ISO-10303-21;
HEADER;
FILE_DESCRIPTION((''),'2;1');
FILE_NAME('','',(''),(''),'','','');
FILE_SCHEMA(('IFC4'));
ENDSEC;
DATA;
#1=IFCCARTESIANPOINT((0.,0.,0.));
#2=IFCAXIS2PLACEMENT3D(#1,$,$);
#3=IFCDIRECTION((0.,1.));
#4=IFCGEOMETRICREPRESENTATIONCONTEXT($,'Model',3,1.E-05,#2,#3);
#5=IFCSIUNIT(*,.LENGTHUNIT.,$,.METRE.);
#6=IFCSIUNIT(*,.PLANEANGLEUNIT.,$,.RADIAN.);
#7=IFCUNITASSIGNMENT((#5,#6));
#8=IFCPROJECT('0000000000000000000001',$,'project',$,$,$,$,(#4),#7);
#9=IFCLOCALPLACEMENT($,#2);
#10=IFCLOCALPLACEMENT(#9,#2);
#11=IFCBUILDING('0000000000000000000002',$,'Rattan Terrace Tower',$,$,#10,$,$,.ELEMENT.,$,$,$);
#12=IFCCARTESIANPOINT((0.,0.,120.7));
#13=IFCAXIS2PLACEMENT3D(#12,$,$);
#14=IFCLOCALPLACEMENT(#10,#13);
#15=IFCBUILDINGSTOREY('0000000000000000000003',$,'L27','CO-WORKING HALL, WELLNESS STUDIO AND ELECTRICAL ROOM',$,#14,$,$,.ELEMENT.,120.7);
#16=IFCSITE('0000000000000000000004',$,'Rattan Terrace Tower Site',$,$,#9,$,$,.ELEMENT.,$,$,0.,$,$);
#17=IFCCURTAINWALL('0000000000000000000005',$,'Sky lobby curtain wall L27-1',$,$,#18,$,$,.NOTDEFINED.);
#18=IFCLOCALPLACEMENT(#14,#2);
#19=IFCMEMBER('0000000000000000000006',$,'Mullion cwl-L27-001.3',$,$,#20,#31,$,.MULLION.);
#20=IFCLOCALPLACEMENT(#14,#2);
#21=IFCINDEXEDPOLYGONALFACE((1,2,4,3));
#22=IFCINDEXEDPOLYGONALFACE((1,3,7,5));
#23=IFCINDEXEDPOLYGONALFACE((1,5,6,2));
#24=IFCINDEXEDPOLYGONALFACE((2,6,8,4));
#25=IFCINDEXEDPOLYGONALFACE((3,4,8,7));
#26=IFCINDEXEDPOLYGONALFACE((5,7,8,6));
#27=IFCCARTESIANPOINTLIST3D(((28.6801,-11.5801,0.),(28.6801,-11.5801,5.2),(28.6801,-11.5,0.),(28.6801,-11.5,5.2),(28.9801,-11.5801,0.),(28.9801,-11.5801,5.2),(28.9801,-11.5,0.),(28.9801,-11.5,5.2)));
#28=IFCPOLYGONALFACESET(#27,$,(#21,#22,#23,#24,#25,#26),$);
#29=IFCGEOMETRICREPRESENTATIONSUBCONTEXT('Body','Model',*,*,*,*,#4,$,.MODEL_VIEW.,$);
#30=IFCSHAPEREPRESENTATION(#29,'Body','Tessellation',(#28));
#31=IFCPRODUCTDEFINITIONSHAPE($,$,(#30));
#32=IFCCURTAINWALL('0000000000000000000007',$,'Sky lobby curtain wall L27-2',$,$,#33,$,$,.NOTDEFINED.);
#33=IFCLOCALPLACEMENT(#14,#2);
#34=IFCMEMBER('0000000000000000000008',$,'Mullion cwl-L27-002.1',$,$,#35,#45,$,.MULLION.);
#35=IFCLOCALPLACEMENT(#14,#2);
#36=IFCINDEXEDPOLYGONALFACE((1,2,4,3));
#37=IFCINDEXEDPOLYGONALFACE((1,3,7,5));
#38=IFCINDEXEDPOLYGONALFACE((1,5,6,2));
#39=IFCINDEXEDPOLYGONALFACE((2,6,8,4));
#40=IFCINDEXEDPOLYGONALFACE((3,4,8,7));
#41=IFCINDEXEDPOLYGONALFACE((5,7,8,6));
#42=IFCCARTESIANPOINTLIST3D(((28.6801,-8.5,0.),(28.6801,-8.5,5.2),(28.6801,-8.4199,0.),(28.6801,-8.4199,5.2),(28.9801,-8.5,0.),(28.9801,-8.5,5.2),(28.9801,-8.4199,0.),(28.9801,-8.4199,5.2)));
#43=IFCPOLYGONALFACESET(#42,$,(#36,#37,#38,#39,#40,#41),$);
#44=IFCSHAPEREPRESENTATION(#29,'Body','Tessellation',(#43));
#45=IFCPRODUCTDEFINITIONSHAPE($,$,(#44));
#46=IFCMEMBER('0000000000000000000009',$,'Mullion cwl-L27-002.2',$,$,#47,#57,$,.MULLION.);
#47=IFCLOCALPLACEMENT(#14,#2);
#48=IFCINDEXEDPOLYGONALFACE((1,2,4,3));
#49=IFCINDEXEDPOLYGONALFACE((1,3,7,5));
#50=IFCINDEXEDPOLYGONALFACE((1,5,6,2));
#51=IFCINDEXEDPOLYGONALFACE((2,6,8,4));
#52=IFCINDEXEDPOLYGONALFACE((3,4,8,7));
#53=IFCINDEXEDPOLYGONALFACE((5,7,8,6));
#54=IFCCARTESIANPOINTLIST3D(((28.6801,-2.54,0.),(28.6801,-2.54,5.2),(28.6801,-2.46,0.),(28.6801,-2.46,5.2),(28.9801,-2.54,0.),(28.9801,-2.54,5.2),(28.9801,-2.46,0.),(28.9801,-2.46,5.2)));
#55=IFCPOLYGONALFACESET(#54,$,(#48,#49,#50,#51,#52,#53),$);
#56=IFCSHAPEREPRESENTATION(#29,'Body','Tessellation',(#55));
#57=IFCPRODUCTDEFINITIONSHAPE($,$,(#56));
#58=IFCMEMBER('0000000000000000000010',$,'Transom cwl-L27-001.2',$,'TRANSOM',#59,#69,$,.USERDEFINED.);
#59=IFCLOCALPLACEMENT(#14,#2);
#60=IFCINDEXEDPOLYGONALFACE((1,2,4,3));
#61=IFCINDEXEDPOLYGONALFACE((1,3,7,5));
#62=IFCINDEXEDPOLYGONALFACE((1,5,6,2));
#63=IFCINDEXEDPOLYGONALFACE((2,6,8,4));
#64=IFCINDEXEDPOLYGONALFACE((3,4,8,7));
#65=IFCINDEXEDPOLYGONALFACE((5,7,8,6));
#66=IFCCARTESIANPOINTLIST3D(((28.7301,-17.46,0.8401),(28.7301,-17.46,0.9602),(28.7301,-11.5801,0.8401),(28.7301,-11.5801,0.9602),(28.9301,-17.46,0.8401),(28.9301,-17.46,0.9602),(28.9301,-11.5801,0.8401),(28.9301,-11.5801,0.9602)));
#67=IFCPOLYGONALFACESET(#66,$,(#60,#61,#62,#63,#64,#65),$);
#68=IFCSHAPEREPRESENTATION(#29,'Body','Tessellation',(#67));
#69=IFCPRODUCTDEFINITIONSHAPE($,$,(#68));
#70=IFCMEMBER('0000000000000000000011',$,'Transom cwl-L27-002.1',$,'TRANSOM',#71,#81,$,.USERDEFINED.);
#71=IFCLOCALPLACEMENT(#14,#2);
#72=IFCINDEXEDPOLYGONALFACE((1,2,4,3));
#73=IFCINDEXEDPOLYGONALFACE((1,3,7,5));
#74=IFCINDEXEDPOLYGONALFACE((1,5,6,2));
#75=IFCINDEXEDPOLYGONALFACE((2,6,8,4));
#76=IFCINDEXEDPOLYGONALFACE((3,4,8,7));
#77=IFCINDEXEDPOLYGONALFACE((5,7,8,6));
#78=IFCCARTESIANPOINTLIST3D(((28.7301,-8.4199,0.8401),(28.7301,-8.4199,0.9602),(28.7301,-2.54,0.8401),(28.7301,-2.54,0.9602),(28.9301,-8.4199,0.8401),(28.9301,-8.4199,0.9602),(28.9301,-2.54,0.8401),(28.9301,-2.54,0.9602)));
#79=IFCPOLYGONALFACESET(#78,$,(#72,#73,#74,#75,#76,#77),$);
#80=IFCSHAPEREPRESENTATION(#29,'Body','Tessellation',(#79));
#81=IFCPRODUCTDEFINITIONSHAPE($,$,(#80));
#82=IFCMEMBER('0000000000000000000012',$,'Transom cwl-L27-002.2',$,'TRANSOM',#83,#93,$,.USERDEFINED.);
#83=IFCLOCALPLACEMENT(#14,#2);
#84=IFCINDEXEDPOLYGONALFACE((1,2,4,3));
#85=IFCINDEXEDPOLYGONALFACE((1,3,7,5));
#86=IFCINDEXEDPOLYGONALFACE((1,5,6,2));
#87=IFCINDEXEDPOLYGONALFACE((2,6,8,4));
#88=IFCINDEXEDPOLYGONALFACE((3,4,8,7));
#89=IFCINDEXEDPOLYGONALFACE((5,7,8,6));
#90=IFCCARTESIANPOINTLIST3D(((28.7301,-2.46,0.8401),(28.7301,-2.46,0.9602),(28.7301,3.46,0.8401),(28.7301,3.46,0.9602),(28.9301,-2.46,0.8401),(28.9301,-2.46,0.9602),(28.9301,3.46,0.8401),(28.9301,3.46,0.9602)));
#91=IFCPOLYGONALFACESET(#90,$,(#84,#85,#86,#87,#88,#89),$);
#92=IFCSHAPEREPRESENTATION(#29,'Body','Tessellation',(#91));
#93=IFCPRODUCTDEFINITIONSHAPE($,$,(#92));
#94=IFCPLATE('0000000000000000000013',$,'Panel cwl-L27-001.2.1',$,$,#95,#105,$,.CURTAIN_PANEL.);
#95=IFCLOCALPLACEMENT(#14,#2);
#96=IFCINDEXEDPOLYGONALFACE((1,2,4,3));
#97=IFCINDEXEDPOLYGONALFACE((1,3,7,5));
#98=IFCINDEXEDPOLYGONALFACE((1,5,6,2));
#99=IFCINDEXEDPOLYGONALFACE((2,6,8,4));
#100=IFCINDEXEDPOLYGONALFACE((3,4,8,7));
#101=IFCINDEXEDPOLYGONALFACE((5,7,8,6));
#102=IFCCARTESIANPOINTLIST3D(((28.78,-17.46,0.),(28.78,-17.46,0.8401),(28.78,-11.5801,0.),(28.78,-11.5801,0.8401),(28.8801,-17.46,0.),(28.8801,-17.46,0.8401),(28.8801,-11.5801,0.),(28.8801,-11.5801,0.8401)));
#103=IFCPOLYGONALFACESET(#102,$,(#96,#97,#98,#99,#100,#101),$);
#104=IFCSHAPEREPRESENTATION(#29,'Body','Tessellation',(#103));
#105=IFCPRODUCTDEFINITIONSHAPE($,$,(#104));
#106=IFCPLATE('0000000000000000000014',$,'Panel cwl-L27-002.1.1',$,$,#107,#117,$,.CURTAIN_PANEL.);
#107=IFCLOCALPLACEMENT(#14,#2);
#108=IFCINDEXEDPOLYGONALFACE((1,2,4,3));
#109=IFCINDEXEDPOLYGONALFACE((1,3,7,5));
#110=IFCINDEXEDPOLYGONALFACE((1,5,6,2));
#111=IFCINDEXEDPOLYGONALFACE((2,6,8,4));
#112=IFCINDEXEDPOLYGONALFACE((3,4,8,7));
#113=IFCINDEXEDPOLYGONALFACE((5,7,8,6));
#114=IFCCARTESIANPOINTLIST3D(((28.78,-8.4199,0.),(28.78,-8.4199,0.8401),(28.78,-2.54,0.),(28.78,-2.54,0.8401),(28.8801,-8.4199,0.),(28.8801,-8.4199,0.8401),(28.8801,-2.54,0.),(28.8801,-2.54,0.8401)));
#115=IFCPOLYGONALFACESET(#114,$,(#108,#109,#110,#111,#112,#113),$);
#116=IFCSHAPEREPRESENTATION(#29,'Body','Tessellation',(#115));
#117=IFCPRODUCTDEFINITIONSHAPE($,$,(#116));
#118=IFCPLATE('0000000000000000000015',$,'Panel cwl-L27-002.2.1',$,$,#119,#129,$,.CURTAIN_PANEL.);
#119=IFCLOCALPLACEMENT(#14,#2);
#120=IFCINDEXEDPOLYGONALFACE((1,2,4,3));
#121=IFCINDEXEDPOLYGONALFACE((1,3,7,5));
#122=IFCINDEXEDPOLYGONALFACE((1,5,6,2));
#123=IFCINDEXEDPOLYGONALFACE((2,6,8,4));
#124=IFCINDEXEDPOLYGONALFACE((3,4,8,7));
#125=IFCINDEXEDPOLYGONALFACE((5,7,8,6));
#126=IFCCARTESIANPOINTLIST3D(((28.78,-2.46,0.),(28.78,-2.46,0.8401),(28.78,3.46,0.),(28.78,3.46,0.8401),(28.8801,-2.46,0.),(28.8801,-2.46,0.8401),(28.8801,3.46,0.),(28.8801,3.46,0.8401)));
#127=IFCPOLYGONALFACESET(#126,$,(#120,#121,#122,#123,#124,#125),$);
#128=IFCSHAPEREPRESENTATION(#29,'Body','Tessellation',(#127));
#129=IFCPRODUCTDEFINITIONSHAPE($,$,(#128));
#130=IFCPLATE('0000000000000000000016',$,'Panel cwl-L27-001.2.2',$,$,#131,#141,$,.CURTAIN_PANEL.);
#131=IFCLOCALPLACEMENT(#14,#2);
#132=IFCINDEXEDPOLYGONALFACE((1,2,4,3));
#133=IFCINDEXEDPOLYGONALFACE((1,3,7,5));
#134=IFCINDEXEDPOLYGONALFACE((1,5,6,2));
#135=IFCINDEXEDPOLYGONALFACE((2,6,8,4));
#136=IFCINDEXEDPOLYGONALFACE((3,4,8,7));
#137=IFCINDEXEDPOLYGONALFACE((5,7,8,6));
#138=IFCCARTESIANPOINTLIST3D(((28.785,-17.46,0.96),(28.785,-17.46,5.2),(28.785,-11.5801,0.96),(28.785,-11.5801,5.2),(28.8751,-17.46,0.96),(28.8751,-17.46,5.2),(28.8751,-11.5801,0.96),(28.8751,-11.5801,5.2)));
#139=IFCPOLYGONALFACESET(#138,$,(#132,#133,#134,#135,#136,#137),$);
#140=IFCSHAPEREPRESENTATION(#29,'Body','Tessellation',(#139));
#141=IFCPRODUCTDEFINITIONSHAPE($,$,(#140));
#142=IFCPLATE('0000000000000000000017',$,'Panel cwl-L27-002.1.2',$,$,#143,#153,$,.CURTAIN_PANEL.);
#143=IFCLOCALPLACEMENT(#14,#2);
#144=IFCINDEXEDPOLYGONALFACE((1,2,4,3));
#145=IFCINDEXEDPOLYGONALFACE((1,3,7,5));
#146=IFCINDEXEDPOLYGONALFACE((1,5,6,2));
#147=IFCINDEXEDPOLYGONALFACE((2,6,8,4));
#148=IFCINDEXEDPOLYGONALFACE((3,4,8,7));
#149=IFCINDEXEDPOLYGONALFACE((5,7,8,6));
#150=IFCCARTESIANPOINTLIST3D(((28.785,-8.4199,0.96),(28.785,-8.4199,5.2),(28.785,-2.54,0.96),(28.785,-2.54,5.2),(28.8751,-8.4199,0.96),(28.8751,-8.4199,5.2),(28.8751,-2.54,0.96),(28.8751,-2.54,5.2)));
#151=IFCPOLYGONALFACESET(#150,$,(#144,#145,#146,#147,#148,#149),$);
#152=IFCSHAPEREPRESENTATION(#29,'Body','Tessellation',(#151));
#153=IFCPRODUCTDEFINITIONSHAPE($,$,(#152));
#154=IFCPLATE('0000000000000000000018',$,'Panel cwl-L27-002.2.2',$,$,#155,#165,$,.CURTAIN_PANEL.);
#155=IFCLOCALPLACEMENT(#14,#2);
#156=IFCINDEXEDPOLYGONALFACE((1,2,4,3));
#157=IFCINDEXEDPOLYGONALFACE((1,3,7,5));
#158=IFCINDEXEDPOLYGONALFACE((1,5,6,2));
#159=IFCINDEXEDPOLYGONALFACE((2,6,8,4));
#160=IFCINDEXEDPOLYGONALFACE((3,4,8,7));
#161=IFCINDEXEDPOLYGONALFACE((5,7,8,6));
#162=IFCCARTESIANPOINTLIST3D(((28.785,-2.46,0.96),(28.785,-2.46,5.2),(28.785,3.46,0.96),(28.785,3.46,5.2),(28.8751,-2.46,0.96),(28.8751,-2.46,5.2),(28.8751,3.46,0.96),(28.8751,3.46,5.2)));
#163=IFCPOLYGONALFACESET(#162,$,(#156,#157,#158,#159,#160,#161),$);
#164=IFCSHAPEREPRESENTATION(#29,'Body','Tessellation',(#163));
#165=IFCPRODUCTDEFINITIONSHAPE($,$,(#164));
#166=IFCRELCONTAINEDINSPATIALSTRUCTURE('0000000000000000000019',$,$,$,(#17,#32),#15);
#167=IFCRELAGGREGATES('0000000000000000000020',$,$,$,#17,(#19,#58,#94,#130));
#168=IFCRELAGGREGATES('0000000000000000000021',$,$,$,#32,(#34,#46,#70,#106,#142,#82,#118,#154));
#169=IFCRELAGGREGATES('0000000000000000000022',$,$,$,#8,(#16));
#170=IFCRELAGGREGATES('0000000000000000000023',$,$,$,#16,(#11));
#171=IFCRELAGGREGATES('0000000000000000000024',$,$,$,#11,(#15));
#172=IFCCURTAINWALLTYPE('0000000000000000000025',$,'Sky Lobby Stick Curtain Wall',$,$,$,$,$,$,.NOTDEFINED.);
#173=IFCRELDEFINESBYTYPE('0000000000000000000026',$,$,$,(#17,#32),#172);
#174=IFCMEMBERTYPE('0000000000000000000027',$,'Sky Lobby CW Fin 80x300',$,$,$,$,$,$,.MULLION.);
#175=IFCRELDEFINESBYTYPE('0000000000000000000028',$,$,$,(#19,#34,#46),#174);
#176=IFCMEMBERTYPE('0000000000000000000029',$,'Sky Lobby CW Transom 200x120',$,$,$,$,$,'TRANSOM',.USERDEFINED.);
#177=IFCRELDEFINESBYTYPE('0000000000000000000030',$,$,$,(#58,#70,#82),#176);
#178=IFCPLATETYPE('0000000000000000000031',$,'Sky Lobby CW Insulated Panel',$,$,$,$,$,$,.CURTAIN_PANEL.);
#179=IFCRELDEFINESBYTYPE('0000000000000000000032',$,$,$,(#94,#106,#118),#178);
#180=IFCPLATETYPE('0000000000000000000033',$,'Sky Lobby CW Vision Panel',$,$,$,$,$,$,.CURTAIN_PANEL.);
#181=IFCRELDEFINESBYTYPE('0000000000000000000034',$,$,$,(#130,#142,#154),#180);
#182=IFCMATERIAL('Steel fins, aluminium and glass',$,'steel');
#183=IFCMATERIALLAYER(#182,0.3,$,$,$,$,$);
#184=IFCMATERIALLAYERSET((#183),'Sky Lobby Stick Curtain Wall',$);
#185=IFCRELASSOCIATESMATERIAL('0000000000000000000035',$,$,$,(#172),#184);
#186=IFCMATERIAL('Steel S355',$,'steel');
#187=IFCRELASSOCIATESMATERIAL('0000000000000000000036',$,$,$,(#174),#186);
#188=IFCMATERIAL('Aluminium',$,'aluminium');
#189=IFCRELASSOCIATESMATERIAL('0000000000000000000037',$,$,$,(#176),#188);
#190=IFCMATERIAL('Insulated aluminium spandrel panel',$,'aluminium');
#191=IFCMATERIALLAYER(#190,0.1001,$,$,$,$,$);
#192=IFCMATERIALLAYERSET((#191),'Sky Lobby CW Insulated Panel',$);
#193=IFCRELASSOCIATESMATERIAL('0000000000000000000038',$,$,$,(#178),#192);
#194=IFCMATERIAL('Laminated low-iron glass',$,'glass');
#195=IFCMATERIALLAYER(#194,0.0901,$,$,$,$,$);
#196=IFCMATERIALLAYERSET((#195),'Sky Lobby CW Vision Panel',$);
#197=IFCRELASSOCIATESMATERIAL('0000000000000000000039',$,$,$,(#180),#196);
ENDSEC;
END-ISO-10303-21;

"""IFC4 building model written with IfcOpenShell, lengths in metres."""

from ifc_helpers import new_model, si_unit, direction, frame, origin, origin_2d, place, context, subcontext, project, spatial, rectangle, extrude, material, layer, layer_set, material_profile, profile_set, type_object, element, aggregate, save


model = new_model("IFC4")

# Units and contexts
model_context = context("Model", 3, precision=1e-05, world=origin(), true_north=direction((0.0, 1.0)))
body_context = subcontext(model_context, "Body", "Model", "MODEL_VIEW")
ifc_project = project(units=[si_unit("LENGTHUNIT", "METRE"), si_unit("PLANEANGLEUNIT", "RADIAN")], contexts=[model_context])

# Site, building, storey
site_placement = place(None, origin())
site = spatial("IfcSite", under=ifc_project, at=site_placement, Name="Rattan Terrace Tower Site", CompositionType="ELEMENT", RefElevation=0.0)
building_placement = place(site_placement, origin())
building = spatial("IfcBuilding", under=site, at=building_placement, Name="Rattan Terrace Tower", CompositionType="ELEMENT")
storey_placement = place(building_placement, frame((0.0, 0.0, 120.7)))
storey = spatial("IfcBuildingStorey", under=building, at=storey_placement, Name="L27", Description="CO-WORKING HALL, WELLNESS STUDIO AND ELECTRICAL ROOM", CompositionType="ELEMENT", Elevation=120.7)

# Curtain wall, member
ifc_material_1 = material(Name="Steel fins, aluminium and glass", Category="steel")
ifc_layer_1 = layer(ifc_material_1, 0.3)
ifc_layer_set_1 = layer_set([ifc_layer_1], Name="Sky Lobby Stick Curtain Wall")
curtain_wall_type = type_object("IfcCurtainWallType", Name="Sky Lobby Stick Curtain Wall", PredefinedType="NOTDEFINED", material=ifc_layer_set_1)
curtain_wall_1_placement = place(storey_placement, origin())
curtain_wall_1 = element("IfcCurtainWall", 1, at=curtain_wall_1_placement, inside=storey, type_object=curtain_wall_type, Name="Sky lobby curtain wall L27-1", PredefinedType="NOTDEFINED")
ifc_material_2 = material(Name="Steel S355", Category="steel")
ifc_material_profile_1 = material_profile(ifc_material_2, rectangle(XDim=0.0801, YDim=0.3, at=origin_2d()), Name="Steel S355 80x300")
ifc_profile_set_1 = profile_set([ifc_material_profile_1], Name="Steel S355")
member_type_1 = type_object("IfcMemberType", Name="Sky Lobby CW Fin 80x300", PredefinedType="MULLION", material=ifc_profile_set_1)
member_1_placement = place(storey_placement, frame((28.8301, -11.54, 0.0), z_axis=(0.0, 0.0, 1.0), x_axis=(0.0, 1.0, 0.0)))
member_1 = element("IfcMember", 2, at=member_1_placement, type_object=member_type_1, Name="Mullion cwl-L27-001.3", PredefinedType="MULLION", context=body_context, shape_type="SweptSolid", body=[
    extrude(rectangle(XDim=0.0801, YDim=0.3, at=origin_2d()), origin(), (0.0, 0.0, 1.0), 5.2),
])

# Curtain wall, members
curtain_wall_2_placement = place(storey_placement, origin())
curtain_wall_2 = element("IfcCurtainWall", 3, at=curtain_wall_2_placement, inside=storey, type_object=curtain_wall_type, Name="Sky lobby curtain wall L27-2", PredefinedType="NOTDEFINED")
member_2_placement = place(storey_placement, frame((28.8301, -8.46, 0.0), z_axis=(0.0, 0.0, 1.0), x_axis=(0.0, 1.0, 0.0)))
member_2 = element("IfcMember", 4, at=member_2_placement, type_object=member_type_1, Name="Mullion cwl-L27-002.1", PredefinedType="MULLION", context=body_context, shape_type="SweptSolid", body=[
    extrude(rectangle(XDim=0.0801, YDim=0.3, at=origin_2d()), origin(), (0.0, 0.0, 1.0), 5.2),
])
member_3_placement = place(storey_placement, frame((28.8301, -2.5, 0.0), z_axis=(0.0, 0.0, 1.0), x_axis=(0.0, 1.0, 0.0)))
member_3 = element("IfcMember", 5, at=member_3_placement, type_object=member_type_1, Name="Mullion cwl-L27-002.2", PredefinedType="MULLION", context=body_context, shape_type="SweptSolid", body=[
    extrude(rectangle(XDim=0.0801, YDim=0.3, at=origin_2d()), origin(), (0.0, 0.0, 1.0), 5.2),
])

# Members
ifc_material_3 = material(Name="Aluminium", Category="aluminium")
ifc_material_profile_2 = material_profile(ifc_material_3, rectangle(XDim=0.2, YDim=0.1201, at=origin_2d()), Name="Aluminium 200x120")
ifc_profile_set_2 = profile_set([ifc_material_profile_2], Name="Aluminium")
member_type_2 = type_object("IfcMemberType", Name="Sky Lobby CW Transom 200x120", ElementType="TRANSOM", PredefinedType="USERDEFINED", material=ifc_profile_set_2)
member_4_placement = place(storey_placement, frame((28.8301, -17.46, 0.9001), z_axis=(0.0, 1.0, 0.0), x_axis=(-1.0, 0.0, 0.0)))
member_4 = element("IfcMember", 6, at=member_4_placement, type_object=member_type_2, Name="Transom cwl-L27-001.2", ObjectType="TRANSOM", PredefinedType="USERDEFINED", context=body_context, shape_type="SweptSolid", body=[
    extrude(rectangle(XDim=0.2, YDim=0.1201, at=origin_2d()), origin(), (0.0, 0.0, 1.0), 5.8799),
])
member_5_placement = place(storey_placement, frame((28.8301, -8.4199, 0.9001), z_axis=(0.0, 1.0, 0.0), x_axis=(-1.0, 0.0, 0.0)))
member_5 = element("IfcMember", 7, at=member_5_placement, type_object=member_type_2, Name="Transom cwl-L27-002.1", ObjectType="TRANSOM", PredefinedType="USERDEFINED", context=body_context, shape_type="SweptSolid", body=[
    extrude(rectangle(XDim=0.2, YDim=0.1201, at=origin_2d()), origin(), (0.0, 0.0, 1.0), 5.8799),
])
member_6_placement = place(storey_placement, frame((28.8301, -2.46, 0.9001), z_axis=(0.0, 1.0, 0.0), x_axis=(-1.0, 0.0, 0.0)))
member_6 = element("IfcMember", 8, at=member_6_placement, type_object=member_type_2, Name="Transom cwl-L27-002.2", ObjectType="TRANSOM", PredefinedType="USERDEFINED", context=body_context, shape_type="SweptSolid", body=[
    extrude(rectangle(XDim=0.2, YDim=0.1201, at=origin_2d()), origin(), (0.0, 0.0, 1.0), 5.9199),
])

# Plates
ifc_material_4 = material(Name="Insulated aluminium spandrel panel", Category="aluminium")
ifc_layer_2 = layer(ifc_material_4, 0.1001)
ifc_layer_set_2 = layer_set([ifc_layer_2], Name="Sky Lobby CW Insulated Panel")
plate_type_1 = type_object("IfcPlateType", Name="Sky Lobby CW Insulated Panel", PredefinedType="CURTAIN_PANEL", material=ifc_layer_set_2)
plate_1_placement = place(storey_placement, frame((28.8301, -14.52, 0.0), z_axis=(0.0, 0.0, 1.0), x_axis=(0.0, 1.0, 0.0)))
plate_1 = element("IfcPlate", 9, at=plate_1_placement, type_object=plate_type_1, Name="Panel cwl-L27-001.2.1", PredefinedType="CURTAIN_PANEL", context=body_context, shape_type="SweptSolid", body=[
    extrude(rectangle(XDim=5.8799, YDim=0.1001, at=origin_2d()), origin(), (0.0, 0.0, 1.0), 0.8401),
])
plate_2_placement = place(storey_placement, frame((28.8301, -5.48, 0.0), z_axis=(0.0, 0.0, 1.0), x_axis=(0.0, 1.0, 0.0)))
plate_2 = element("IfcPlate", 10, at=plate_2_placement, type_object=plate_type_1, Name="Panel cwl-L27-002.1.1", PredefinedType="CURTAIN_PANEL", context=body_context, shape_type="SweptSolid", body=[
    extrude(rectangle(XDim=5.8799, YDim=0.1001, at=origin_2d()), origin(), (0.0, 0.0, 1.0), 0.8401),
])
plate_3_placement = place(storey_placement, frame((28.8301, 0.5, 0.0), z_axis=(0.0, 0.0, 1.0), x_axis=(0.0, 1.0, 0.0)))
plate_3 = element("IfcPlate", 11, at=plate_3_placement, type_object=plate_type_1, Name="Panel cwl-L27-002.2.1", PredefinedType="CURTAIN_PANEL", context=body_context, shape_type="SweptSolid", body=[
    extrude(rectangle(XDim=5.9199, YDim=0.1001, at=origin_2d()), origin(), (0.0, 0.0, 1.0), 0.8401),
])
ifc_material_5 = material(Name="Laminated low-iron glass", Category="glass")
ifc_layer_3 = layer(ifc_material_5, 0.0901)
ifc_layer_set_3 = layer_set([ifc_layer_3], Name="Sky Lobby CW Vision Panel")
plate_type_2 = type_object("IfcPlateType", Name="Sky Lobby CW Vision Panel", PredefinedType="CURTAIN_PANEL", material=ifc_layer_set_3)
plate_4_placement = place(storey_placement, frame((28.8301, -14.52, 0.96), z_axis=(0.0, 0.0, 1.0), x_axis=(0.0, 1.0, 0.0)))
plate_4 = element("IfcPlate", 12, at=plate_4_placement, type_object=plate_type_2, Name="Panel cwl-L27-001.2.2", PredefinedType="CURTAIN_PANEL", context=body_context, shape_type="SweptSolid", body=[
    extrude(rectangle(XDim=5.8799, YDim=0.0901, at=origin_2d()), origin(), (0.0, 0.0, 1.0), 4.24),
])
aggregate(curtain_wall_1, [member_1, member_4, plate_1, plate_4])
plate_5_placement = place(storey_placement, frame((28.8301, -5.48, 0.96), z_axis=(0.0, 0.0, 1.0), x_axis=(0.0, 1.0, 0.0)))
plate_5 = element("IfcPlate", 13, at=plate_5_placement, type_object=plate_type_2, Name="Panel cwl-L27-002.1.2", PredefinedType="CURTAIN_PANEL", context=body_context, shape_type="SweptSolid", body=[
    extrude(rectangle(XDim=5.8799, YDim=0.0901, at=origin_2d()), origin(), (0.0, 0.0, 1.0), 4.24),
])
plate_6_placement = place(storey_placement, frame((28.8301, 0.5, 0.96), z_axis=(0.0, 0.0, 1.0), x_axis=(0.0, 1.0, 0.0)))
plate_6 = element("IfcPlate", 14, at=plate_6_placement, type_object=plate_type_2, Name="Panel cwl-L27-002.2.2", PredefinedType="CURTAIN_PANEL", context=body_context, shape_type="SweptSolid", body=[
    extrude(rectangle(XDim=5.9199, YDim=0.0901, at=origin_2d()), origin(), (0.0, 0.0, 1.0), 4.24),
])
aggregate(curtain_wall_2, [member_2, member_3, member_5, plate_2, plate_5, member_6, plate_3, plate_6])

save(model, "model.ifc")
